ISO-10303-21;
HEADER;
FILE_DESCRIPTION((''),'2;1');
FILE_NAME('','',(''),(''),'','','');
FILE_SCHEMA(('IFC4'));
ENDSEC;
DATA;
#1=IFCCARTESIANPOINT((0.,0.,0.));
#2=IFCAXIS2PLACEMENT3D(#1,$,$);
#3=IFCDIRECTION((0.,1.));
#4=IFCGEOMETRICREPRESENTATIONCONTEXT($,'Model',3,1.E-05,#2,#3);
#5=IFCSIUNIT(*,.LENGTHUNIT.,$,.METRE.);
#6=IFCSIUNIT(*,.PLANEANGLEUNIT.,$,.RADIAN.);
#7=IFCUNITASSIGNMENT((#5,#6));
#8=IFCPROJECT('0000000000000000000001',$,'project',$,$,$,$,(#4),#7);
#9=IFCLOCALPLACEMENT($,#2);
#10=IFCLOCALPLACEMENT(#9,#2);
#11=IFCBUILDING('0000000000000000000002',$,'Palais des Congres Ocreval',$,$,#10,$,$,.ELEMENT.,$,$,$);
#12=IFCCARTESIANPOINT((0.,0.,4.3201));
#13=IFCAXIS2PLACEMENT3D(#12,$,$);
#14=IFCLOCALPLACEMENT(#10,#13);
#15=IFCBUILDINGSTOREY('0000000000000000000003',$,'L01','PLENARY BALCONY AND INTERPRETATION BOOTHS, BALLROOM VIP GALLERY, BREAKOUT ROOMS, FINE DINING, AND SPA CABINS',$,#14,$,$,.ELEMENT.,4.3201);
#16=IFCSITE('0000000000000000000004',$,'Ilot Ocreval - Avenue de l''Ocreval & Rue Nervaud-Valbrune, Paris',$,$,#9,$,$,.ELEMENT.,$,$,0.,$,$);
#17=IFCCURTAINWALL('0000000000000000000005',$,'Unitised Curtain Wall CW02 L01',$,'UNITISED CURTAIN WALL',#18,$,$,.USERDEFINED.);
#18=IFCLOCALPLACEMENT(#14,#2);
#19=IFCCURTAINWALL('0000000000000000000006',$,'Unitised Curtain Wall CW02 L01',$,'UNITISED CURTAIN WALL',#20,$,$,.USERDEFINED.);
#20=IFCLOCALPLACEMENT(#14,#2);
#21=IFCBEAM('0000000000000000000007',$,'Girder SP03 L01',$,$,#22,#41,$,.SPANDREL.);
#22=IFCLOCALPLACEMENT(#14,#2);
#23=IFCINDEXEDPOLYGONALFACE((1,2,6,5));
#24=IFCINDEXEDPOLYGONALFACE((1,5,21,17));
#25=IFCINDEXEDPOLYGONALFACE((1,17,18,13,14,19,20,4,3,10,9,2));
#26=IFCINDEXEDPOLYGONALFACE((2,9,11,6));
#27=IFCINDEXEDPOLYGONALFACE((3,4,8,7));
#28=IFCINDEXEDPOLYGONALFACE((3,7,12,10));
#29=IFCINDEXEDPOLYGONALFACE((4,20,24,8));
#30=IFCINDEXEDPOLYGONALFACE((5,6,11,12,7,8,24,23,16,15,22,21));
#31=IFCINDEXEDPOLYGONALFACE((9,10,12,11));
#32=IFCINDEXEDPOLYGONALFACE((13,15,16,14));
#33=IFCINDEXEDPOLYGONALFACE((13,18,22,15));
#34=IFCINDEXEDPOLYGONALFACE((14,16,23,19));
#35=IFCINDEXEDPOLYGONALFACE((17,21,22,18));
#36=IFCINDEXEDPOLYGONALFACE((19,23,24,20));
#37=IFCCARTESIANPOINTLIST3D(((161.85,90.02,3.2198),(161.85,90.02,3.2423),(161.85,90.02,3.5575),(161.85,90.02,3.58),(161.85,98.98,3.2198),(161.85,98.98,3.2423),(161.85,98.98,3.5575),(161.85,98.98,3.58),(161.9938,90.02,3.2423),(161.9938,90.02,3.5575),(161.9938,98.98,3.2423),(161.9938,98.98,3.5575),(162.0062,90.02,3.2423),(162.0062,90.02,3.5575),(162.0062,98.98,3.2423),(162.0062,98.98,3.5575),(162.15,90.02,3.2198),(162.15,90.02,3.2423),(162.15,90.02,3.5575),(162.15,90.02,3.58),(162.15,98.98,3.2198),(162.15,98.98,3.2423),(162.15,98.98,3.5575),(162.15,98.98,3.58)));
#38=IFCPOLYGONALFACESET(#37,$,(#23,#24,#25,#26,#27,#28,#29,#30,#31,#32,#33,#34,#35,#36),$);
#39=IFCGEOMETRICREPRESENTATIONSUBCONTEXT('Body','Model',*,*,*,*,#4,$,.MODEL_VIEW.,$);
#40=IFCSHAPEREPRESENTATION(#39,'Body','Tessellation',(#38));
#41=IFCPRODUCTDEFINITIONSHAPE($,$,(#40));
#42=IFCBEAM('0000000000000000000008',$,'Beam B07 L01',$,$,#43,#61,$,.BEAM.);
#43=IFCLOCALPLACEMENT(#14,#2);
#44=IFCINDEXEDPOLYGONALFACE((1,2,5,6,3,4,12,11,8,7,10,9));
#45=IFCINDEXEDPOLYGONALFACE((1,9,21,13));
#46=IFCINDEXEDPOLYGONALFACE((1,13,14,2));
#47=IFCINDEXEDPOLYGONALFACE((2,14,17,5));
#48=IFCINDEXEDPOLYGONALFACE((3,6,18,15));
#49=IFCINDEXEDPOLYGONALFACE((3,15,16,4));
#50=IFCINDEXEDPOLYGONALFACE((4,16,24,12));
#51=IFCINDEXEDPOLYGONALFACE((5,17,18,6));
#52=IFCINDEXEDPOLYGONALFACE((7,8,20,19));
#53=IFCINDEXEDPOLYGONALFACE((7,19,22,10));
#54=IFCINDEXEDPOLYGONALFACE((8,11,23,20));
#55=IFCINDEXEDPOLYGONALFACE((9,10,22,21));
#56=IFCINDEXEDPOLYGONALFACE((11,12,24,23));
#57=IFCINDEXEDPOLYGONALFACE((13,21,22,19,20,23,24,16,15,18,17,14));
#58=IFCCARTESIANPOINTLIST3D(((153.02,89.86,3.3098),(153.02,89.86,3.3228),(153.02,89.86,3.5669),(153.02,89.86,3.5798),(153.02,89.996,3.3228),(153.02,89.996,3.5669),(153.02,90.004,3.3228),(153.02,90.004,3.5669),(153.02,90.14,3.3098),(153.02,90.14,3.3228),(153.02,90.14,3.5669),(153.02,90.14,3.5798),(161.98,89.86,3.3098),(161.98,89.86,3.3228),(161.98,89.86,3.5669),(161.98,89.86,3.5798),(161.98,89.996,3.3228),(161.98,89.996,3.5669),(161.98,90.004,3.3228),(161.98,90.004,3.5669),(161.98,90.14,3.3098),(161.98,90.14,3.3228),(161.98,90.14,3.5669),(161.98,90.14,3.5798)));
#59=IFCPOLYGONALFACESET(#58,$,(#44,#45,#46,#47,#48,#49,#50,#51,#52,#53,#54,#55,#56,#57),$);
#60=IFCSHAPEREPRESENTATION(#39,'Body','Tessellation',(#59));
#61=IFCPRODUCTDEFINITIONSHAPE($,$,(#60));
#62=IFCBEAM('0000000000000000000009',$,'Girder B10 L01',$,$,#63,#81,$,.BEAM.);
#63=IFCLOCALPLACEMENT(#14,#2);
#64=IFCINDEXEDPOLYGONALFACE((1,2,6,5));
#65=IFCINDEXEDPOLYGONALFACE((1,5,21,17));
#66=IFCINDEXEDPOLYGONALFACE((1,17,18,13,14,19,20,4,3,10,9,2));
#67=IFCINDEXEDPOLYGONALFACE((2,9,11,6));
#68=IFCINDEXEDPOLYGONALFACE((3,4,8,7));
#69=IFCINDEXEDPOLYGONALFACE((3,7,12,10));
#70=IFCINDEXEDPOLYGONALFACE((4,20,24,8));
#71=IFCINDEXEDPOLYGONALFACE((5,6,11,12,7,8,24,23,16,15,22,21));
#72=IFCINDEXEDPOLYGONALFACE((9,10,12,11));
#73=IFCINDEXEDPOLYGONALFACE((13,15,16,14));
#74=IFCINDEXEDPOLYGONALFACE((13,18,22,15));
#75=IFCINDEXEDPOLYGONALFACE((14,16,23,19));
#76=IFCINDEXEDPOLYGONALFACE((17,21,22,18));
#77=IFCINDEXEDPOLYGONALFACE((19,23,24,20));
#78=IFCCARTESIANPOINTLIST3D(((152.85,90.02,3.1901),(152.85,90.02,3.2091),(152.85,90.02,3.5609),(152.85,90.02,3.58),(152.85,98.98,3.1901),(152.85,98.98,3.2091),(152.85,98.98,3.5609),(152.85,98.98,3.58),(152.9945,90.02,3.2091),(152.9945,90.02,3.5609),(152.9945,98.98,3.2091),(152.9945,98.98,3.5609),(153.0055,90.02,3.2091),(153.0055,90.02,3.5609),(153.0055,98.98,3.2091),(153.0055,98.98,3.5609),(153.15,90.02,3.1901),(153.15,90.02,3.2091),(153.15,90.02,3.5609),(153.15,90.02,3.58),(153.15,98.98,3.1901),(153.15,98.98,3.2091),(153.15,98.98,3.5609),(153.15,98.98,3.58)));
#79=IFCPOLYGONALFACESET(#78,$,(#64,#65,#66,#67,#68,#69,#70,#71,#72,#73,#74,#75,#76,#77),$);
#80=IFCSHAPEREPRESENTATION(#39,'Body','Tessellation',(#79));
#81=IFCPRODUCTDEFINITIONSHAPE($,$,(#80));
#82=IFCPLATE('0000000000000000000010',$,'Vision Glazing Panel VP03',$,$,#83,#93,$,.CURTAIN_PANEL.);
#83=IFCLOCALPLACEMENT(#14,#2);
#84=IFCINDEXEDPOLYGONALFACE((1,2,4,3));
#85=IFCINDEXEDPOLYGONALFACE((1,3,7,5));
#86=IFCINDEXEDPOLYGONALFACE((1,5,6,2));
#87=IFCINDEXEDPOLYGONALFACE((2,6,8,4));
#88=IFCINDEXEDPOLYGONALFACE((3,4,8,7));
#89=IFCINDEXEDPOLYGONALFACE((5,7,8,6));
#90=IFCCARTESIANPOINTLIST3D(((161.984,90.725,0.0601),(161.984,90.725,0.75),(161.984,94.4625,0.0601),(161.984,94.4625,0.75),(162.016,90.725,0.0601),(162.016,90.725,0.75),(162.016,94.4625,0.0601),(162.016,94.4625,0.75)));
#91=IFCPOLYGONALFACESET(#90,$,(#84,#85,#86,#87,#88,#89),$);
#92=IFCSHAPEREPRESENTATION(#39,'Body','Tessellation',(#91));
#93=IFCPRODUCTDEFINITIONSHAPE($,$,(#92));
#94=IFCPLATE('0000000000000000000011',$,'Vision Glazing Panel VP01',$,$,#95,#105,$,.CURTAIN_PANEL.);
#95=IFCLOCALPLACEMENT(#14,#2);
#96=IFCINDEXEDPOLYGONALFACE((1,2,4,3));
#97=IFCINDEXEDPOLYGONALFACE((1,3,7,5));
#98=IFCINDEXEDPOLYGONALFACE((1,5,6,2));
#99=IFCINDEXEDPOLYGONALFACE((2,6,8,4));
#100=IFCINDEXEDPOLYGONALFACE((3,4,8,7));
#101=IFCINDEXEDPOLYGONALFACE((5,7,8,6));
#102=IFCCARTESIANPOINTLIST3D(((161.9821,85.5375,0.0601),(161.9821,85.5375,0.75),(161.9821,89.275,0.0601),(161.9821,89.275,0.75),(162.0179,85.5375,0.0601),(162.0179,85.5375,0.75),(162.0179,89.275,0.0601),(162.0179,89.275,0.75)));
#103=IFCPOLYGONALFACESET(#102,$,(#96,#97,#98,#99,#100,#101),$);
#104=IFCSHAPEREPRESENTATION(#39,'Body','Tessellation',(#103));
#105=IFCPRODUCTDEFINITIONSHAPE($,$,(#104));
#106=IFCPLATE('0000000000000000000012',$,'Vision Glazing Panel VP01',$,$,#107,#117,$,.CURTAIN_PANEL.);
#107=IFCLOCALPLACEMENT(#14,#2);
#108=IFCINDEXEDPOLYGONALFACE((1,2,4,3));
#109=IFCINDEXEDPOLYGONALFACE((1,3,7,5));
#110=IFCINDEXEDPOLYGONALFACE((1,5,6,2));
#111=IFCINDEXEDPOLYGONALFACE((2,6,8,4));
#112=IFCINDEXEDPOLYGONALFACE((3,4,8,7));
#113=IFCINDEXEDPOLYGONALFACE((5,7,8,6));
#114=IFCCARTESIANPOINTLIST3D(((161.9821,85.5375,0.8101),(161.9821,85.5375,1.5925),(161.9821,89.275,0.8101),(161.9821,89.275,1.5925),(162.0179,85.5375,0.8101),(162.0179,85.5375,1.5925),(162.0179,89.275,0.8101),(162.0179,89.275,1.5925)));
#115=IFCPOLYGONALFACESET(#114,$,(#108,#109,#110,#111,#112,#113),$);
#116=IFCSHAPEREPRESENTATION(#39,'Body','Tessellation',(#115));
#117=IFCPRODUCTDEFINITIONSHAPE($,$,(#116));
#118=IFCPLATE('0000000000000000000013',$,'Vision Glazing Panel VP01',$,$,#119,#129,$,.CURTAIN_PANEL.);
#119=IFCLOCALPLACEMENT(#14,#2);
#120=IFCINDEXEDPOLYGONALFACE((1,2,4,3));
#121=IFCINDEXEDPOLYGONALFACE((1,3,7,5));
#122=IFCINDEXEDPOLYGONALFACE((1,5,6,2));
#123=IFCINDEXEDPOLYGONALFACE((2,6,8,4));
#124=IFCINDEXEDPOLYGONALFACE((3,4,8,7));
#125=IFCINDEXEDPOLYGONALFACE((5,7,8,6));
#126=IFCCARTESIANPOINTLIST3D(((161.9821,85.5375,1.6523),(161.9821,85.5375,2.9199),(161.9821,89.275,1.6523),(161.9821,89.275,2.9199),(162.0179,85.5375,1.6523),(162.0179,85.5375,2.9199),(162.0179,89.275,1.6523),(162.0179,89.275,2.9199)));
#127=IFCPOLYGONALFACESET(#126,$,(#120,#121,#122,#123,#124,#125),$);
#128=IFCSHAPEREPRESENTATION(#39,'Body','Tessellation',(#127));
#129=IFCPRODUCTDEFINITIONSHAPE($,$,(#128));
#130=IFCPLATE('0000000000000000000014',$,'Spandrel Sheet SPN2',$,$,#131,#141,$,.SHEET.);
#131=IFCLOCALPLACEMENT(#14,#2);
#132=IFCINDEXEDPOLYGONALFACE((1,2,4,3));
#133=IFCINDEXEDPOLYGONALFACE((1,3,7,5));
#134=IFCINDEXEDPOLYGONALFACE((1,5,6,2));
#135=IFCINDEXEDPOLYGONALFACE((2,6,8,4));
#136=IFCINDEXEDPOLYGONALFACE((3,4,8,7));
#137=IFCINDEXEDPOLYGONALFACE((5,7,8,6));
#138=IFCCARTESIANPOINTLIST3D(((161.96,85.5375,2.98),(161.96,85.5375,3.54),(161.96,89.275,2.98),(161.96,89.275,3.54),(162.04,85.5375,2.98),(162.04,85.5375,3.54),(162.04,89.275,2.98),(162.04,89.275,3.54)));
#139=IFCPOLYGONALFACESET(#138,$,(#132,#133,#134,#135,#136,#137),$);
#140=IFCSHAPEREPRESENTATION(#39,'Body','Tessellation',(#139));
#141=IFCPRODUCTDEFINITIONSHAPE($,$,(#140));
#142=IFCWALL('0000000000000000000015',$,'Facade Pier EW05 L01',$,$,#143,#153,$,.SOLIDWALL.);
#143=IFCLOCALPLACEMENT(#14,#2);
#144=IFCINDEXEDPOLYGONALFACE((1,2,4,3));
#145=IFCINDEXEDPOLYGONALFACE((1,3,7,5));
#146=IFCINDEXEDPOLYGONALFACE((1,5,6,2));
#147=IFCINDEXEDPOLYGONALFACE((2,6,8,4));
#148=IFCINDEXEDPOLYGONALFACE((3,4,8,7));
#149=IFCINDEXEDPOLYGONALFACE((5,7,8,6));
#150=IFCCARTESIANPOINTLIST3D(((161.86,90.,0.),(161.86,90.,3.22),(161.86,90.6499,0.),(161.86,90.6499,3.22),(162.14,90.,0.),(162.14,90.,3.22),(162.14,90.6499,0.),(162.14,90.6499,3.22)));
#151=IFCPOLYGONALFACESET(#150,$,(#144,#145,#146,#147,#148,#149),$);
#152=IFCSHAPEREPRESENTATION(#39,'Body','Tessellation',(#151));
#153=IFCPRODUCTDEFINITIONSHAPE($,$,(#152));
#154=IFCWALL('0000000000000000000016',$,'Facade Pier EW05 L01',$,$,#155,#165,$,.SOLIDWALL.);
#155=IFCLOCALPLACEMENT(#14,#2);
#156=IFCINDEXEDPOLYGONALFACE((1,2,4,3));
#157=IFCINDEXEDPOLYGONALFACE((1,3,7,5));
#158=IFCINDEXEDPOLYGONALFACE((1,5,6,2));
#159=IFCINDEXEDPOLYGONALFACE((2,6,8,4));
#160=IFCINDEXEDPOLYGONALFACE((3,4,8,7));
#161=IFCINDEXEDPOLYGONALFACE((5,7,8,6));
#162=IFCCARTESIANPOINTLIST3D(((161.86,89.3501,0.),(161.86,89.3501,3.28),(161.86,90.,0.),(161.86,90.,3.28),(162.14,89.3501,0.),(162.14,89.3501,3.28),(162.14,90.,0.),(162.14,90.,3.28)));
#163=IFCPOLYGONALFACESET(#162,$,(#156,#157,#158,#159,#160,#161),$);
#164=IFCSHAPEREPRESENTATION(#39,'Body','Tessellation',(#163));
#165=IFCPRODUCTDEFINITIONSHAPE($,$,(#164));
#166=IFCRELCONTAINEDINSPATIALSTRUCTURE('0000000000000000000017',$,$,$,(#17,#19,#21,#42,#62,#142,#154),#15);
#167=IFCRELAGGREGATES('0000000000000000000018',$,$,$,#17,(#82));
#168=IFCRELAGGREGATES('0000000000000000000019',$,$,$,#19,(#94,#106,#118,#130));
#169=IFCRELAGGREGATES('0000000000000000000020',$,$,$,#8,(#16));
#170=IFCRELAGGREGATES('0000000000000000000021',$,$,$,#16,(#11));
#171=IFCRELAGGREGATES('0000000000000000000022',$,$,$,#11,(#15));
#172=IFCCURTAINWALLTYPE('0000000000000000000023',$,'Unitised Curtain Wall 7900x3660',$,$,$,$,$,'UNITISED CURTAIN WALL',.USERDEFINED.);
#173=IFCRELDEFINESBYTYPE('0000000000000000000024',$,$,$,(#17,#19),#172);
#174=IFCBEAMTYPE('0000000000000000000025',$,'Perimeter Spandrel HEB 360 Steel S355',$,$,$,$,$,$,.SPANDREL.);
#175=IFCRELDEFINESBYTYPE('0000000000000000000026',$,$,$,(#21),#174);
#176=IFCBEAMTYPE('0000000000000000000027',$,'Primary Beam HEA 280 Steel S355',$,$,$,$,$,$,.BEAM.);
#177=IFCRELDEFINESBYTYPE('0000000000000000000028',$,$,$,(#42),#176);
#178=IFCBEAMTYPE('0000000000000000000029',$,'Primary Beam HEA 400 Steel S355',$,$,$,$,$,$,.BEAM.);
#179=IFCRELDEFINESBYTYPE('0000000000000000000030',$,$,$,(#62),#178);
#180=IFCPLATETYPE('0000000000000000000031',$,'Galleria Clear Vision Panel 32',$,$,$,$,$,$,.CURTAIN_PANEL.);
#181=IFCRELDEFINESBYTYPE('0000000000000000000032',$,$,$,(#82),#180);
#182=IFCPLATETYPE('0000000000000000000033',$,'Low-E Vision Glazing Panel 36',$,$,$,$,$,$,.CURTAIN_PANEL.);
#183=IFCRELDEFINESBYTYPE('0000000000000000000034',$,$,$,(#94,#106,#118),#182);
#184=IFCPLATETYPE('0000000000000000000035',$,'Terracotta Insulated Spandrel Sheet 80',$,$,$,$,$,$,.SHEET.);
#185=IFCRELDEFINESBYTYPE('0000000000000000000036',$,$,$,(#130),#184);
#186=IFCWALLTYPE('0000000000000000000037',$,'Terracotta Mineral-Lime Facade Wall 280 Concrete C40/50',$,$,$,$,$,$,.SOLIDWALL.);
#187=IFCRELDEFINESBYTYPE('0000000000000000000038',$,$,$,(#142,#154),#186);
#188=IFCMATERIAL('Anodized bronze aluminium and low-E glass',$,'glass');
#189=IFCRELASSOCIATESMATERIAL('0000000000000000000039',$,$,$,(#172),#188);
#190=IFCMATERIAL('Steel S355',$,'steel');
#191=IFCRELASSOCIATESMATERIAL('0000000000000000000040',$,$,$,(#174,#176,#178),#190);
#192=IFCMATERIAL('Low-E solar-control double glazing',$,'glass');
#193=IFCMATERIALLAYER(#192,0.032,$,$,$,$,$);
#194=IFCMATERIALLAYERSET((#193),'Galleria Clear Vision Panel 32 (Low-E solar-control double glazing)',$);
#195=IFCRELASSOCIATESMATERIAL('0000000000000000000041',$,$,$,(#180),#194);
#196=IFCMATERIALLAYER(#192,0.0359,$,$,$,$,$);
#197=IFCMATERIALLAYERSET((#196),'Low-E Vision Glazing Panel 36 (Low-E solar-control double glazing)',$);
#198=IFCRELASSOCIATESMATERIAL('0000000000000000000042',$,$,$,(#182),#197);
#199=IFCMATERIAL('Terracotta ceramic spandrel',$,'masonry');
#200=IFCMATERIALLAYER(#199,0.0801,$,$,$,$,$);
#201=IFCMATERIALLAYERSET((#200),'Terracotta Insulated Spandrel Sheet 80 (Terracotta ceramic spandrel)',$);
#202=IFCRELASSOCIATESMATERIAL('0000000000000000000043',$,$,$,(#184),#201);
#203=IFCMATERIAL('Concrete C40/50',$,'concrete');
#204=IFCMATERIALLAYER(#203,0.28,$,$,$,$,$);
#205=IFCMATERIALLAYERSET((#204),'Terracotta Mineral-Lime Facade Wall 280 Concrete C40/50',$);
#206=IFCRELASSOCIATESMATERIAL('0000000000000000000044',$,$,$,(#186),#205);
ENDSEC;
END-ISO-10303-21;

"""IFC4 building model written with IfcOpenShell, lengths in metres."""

from ifc_helpers import new_model, si_unit, direction, frame, frame_2d, origin, origin_2d, place, context, subcontext, project, spatial, rectangle, i_section, extrude, material, layer, layer_set, material_profile, profile_set, type_object, element, aggregate, save


model = new_model("IFC4")

# Units and contexts
model_context = context("Model", 3, precision=1e-05, world=origin(), true_north=direction((0.0, 1.0)))
body_context = subcontext(model_context, "Body", "Model", "MODEL_VIEW")
ifc_project = project(units=[si_unit("LENGTHUNIT", "METRE"), si_unit("PLANEANGLEUNIT", "RADIAN")], contexts=[model_context])

# Site, building, storey
site_placement = place(None, origin())
site = spatial("IfcSite", under=ifc_project, at=site_placement, Name="Ilot Ocreval - Avenue de l'Ocreval & Rue Nervaud-Valbrune, Paris", CompositionType="ELEMENT", RefElevation=0.0)
building_placement = place(site_placement, origin())
building = spatial("IfcBuilding", under=site, at=building_placement, Name="Palais des Congres Ocreval", CompositionType="ELEMENT")
storey_placement = place(building_placement, frame((0.0, 0.0, 4.3201)))
storey = spatial("IfcBuildingStorey", under=building, at=storey_placement, Name="L01", Description="PLENARY BALCONY AND INTERPRETATION BOOTHS, BALLROOM VIP GALLERY, BREAKOUT ROOMS, FINE DINING, AND SPA CABINS", CompositionType="ELEMENT", Elevation=4.3201)

# Shared definitions
ifc_material_1 = material(Name="Steel S355", Category="steel")

# Curtain wall
ifc_material_2 = material(Name="Anodized bronze aluminium and low-E glass", Category="glass")
curtain_wall_type = type_object("IfcCurtainWallType", Name="Unitised Curtain Wall 7900x3660", ElementType="UNITISED CURTAIN WALL", PredefinedType="USERDEFINED", material=ifc_material_2)
curtain_wall_1_placement = place(storey_placement, origin())
curtain_wall_1 = element("IfcCurtainWall", 1, at=curtain_wall_1_placement, inside=storey, type_object=curtain_wall_type, Name="Unitised Curtain Wall CW02 L01", ObjectType="UNITISED CURTAIN WALL", PredefinedType="USERDEFINED")

# Curtain wall
curtain_wall_2_placement = place(storey_placement, origin())
curtain_wall_2 = element("IfcCurtainWall", 2, at=curtain_wall_2_placement, inside=storey, type_object=curtain_wall_type, Name="Unitised Curtain Wall CW02 L01", ObjectType="UNITISED CURTAIN WALL", PredefinedType="USERDEFINED")

# Beams
ifc_material_profile_1 = material_profile(ifc_material_1, i_section(OverallWidth=0.3, OverallDepth=0.3601, WebThickness=0.0125, FlangeThickness=0.0225, at=origin_2d()), Name="HEB 360")
ifc_profile_set_1 = profile_set([ifc_material_profile_1], Name="Steel S355")
beam_type_1 = type_object("IfcBeamType", Name="Perimeter Spandrel HEB 360 Steel S355", PredefinedType="SPANDREL", material=ifc_profile_set_1)
beam_1_placement = place(storey_placement, frame((162.0, 90.02, 3.3999), z_axis=(0.0, 1.0, 0.0), x_axis=(-1.0, 0.0, 0.0)))
element("IfcBeam", 3, at=beam_1_placement, inside=storey, type_object=beam_type_1, Name="Girder SP03 L01", PredefinedType="SPANDREL", context=body_context, shape_type="SweptSolid", body=[
    extrude(i_section(OverallWidth=0.3, OverallDepth=0.3601, WebThickness=0.0125, FlangeThickness=0.0225, at=origin_2d()), origin(), (0.0, 0.0, 1.0), 8.96),
])
ifc_material_profile_2 = material_profile(ifc_material_1, i_section(OverallWidth=0.28, OverallDepth=0.27, WebThickness=0.0081, FlangeThickness=0.0129, at=origin_2d()), Name="HEA 280")
ifc_profile_set_2 = profile_set([ifc_material_profile_2], Name="Steel S355")
beam_type_2 = type_object("IfcBeamType", Name="Primary Beam HEA 280 Steel S355", PredefinedType="BEAM", material=ifc_profile_set_2)
beam_2_placement = place(storey_placement, frame((153.02, 90.0, 3.4448), z_axis=(1.0, 0.0, 0.0), x_axis=(0.0, 1.0, 0.0)))
element("IfcBeam", 4, at=beam_2_placement, inside=storey, type_object=beam_type_2, Name="Beam B07 L01", PredefinedType="BEAM", context=body_context, shape_type="SweptSolid", body=[
    extrude(i_section(OverallWidth=0.28, OverallDepth=0.27, WebThickness=0.0081, FlangeThickness=0.0129, at=origin_2d()), origin(), (0.0, 0.0, 1.0), 8.96),
])
ifc_material_profile_3 = material_profile(ifc_material_1, i_section(OverallWidth=0.3, OverallDepth=0.3899, WebThickness=0.011, FlangeThickness=0.019, at=origin_2d()), Name="HEA 400")
ifc_profile_set_3 = profile_set([ifc_material_profile_3], Name="Steel S355")
beam_type_3 = type_object("IfcBeamType", Name="Primary Beam HEA 400 Steel S355", PredefinedType="BEAM", material=ifc_profile_set_3)
beam_3_placement = place(storey_placement, frame((153.0, 90.02, 3.385), z_axis=(0.0, 1.0, 0.0), x_axis=(-1.0, 0.0, 0.0)))
element("IfcBeam", 5, at=beam_3_placement, inside=storey, type_object=beam_type_3, Name="Girder B10 L01", PredefinedType="BEAM", context=body_context, shape_type="SweptSolid", body=[
    extrude(i_section(OverallWidth=0.3, OverallDepth=0.3899, WebThickness=0.011, FlangeThickness=0.019, at=origin_2d()), origin(), (0.0, 0.0, 1.0), 8.96),
])

# Plates
ifc_material_3 = material(Name="Low-E solar-control double glazing", Category="glass")
ifc_layer_1 = layer(ifc_material_3, 0.032)
ifc_layer_set_1 = layer_set([ifc_layer_1], Name="Galleria Clear Vision Panel 32 (Low-E solar-control double glazing)")
plate_type_1 = type_object("IfcPlateType", Name="Galleria Clear Vision Panel 32", PredefinedType="CURTAIN_PANEL", material=ifc_layer_set_1)
plate_1_placement = place(storey_placement, frame((162.0, 92.5938, 0.0601), z_axis=(0.0, 0.0, 1.0), x_axis=(0.0, -1.0, 0.0)))
plate_1 = element("IfcPlate", 6, at=plate_1_placement, type_object=plate_type_1, Name="Vision Glazing Panel VP03", PredefinedType="CURTAIN_PANEL", context=body_context, shape_type="SweptSolid", body=[
    extrude(rectangle(XDim=3.7375, YDim=0.032, at=origin_2d()), origin(), (0.0, 0.0, 1.0), 0.6899),
])
aggregate(curtain_wall_1, [plate_1])
ifc_layer_2 = layer(ifc_material_3, 0.0359)
ifc_layer_set_2 = layer_set([ifc_layer_2], Name="Low-E Vision Glazing Panel 36 (Low-E solar-control double glazing)")
plate_type_2 = type_object("IfcPlateType", Name="Low-E Vision Glazing Panel 36", PredefinedType="CURTAIN_PANEL", material=ifc_layer_set_2)
plate_2_placement = place(storey_placement, frame((162.0, 87.4062, 0.0601), z_axis=(0.0, 0.0, 1.0), x_axis=(0.0, -1.0, 0.0)))
plate_2 = element("IfcPlate", 7, at=plate_2_placement, type_object=plate_type_2, Name="Vision Glazing Panel VP01", PredefinedType="CURTAIN_PANEL", context=body_context, shape_type="SweptSolid", body=[
    extrude(rectangle(XDim=3.7375, YDim=0.0359, at=origin_2d()), origin(), (0.0, 0.0, 1.0), 0.6899),
])
plate_3_placement = place(storey_placement, frame((162.0, 87.4062, 0.8101), z_axis=(0.0, 0.0, 1.0), x_axis=(0.0, -1.0, 0.0)))
plate_3 = element("IfcPlate", 8, at=plate_3_placement, type_object=plate_type_2, Name="Vision Glazing Panel VP01", PredefinedType="CURTAIN_PANEL", context=body_context, shape_type="SweptSolid", body=[
    extrude(rectangle(XDim=3.7375, YDim=0.0359, at=origin_2d()), origin(), (0.0, 0.0, 1.0), 0.7825),
])
plate_4_placement = place(storey_placement, frame((162.0, 87.4062, 1.6523), z_axis=(0.0, 0.0, 1.0), x_axis=(0.0, -1.0, 0.0)))
plate_4 = element("IfcPlate", 9, at=plate_4_placement, type_object=plate_type_2, Name="Vision Glazing Panel VP01", PredefinedType="CURTAIN_PANEL", context=body_context, shape_type="SweptSolid", body=[
    extrude(rectangle(XDim=3.7375, YDim=0.0359, at=origin_2d()), origin(), (0.0, 0.0, 1.0), 1.2676),
])
ifc_material_4 = material(Name="Terracotta ceramic spandrel", Category="masonry")
ifc_layer_3 = layer(ifc_material_4, 0.0801)
ifc_layer_set_3 = layer_set([ifc_layer_3], Name="Terracotta Insulated Spandrel Sheet 80 (Terracotta ceramic spandrel)")
plate_type_3 = type_object("IfcPlateType", Name="Terracotta Insulated Spandrel Sheet 80", PredefinedType="SHEET", material=ifc_layer_set_3)
plate_5_placement = place(storey_placement, frame((162.0, 87.4062, 2.98), z_axis=(0.0, 0.0, 1.0), x_axis=(0.0, -1.0, 0.0)))
plate_5 = element("IfcPlate", 10, at=plate_5_placement, type_object=plate_type_3, Name="Spandrel Sheet SPN2", PredefinedType="SHEET", context=body_context, shape_type="SweptSolid", body=[
    extrude(rectangle(XDim=3.7375, YDim=0.0801, at=origin_2d()), origin(), (0.0, 0.0, 1.0), 0.5601),
])
aggregate(curtain_wall_2, [plate_2, plate_3, plate_4, plate_5])

# Walls
ifc_material_5 = material(Name="Concrete C40/50", Category="concrete")
ifc_layer_4 = layer(ifc_material_5, 0.28)
ifc_layer_set_4 = layer_set([ifc_layer_4], Name="Terracotta Mineral-Lime Facade Wall 280 Concrete C40/50")
wall_type = type_object("IfcWallType", Name="Terracotta Mineral-Lime Facade Wall 280 Concrete C40/50", PredefinedType="SOLIDWALL", material=ifc_layer_set_4)
wall_1_placement = place(storey_placement, frame((162.0, 90.6499, 0.0), z_axis=(0.0, 0.0, 1.0), x_axis=(0.0, -1.0, 0.0)))
element("IfcWall", 11, at=wall_1_placement, inside=storey, type_object=wall_type, Name="Facade Pier EW05 L01", PredefinedType="SOLIDWALL", context=body_context, shape_type="SweptSolid", body=[
    extrude(rectangle(XDim=0.6499, YDim=0.28, at=frame_2d((0.325, 0.0))), origin(), (0.0, 0.0, 1.0), 3.22),
])
wall_2_placement = place(storey_placement, frame((162.0, 90.0, 0.0), z_axis=(0.0, 0.0, 1.0), x_axis=(0.0, -1.0, 0.0)))
element("IfcWall", 12, at=wall_2_placement, inside=storey, type_object=wall_type, Name="Facade Pier EW05 L01", PredefinedType="SOLIDWALL", context=body_context, shape_type="SweptSolid", body=[
    extrude(rectangle(XDim=0.6499, YDim=0.28, at=frame_2d((0.325, 0.0))), origin(), (0.0, 0.0, 1.0), 3.28),
])

save(model, "model.ifc")
